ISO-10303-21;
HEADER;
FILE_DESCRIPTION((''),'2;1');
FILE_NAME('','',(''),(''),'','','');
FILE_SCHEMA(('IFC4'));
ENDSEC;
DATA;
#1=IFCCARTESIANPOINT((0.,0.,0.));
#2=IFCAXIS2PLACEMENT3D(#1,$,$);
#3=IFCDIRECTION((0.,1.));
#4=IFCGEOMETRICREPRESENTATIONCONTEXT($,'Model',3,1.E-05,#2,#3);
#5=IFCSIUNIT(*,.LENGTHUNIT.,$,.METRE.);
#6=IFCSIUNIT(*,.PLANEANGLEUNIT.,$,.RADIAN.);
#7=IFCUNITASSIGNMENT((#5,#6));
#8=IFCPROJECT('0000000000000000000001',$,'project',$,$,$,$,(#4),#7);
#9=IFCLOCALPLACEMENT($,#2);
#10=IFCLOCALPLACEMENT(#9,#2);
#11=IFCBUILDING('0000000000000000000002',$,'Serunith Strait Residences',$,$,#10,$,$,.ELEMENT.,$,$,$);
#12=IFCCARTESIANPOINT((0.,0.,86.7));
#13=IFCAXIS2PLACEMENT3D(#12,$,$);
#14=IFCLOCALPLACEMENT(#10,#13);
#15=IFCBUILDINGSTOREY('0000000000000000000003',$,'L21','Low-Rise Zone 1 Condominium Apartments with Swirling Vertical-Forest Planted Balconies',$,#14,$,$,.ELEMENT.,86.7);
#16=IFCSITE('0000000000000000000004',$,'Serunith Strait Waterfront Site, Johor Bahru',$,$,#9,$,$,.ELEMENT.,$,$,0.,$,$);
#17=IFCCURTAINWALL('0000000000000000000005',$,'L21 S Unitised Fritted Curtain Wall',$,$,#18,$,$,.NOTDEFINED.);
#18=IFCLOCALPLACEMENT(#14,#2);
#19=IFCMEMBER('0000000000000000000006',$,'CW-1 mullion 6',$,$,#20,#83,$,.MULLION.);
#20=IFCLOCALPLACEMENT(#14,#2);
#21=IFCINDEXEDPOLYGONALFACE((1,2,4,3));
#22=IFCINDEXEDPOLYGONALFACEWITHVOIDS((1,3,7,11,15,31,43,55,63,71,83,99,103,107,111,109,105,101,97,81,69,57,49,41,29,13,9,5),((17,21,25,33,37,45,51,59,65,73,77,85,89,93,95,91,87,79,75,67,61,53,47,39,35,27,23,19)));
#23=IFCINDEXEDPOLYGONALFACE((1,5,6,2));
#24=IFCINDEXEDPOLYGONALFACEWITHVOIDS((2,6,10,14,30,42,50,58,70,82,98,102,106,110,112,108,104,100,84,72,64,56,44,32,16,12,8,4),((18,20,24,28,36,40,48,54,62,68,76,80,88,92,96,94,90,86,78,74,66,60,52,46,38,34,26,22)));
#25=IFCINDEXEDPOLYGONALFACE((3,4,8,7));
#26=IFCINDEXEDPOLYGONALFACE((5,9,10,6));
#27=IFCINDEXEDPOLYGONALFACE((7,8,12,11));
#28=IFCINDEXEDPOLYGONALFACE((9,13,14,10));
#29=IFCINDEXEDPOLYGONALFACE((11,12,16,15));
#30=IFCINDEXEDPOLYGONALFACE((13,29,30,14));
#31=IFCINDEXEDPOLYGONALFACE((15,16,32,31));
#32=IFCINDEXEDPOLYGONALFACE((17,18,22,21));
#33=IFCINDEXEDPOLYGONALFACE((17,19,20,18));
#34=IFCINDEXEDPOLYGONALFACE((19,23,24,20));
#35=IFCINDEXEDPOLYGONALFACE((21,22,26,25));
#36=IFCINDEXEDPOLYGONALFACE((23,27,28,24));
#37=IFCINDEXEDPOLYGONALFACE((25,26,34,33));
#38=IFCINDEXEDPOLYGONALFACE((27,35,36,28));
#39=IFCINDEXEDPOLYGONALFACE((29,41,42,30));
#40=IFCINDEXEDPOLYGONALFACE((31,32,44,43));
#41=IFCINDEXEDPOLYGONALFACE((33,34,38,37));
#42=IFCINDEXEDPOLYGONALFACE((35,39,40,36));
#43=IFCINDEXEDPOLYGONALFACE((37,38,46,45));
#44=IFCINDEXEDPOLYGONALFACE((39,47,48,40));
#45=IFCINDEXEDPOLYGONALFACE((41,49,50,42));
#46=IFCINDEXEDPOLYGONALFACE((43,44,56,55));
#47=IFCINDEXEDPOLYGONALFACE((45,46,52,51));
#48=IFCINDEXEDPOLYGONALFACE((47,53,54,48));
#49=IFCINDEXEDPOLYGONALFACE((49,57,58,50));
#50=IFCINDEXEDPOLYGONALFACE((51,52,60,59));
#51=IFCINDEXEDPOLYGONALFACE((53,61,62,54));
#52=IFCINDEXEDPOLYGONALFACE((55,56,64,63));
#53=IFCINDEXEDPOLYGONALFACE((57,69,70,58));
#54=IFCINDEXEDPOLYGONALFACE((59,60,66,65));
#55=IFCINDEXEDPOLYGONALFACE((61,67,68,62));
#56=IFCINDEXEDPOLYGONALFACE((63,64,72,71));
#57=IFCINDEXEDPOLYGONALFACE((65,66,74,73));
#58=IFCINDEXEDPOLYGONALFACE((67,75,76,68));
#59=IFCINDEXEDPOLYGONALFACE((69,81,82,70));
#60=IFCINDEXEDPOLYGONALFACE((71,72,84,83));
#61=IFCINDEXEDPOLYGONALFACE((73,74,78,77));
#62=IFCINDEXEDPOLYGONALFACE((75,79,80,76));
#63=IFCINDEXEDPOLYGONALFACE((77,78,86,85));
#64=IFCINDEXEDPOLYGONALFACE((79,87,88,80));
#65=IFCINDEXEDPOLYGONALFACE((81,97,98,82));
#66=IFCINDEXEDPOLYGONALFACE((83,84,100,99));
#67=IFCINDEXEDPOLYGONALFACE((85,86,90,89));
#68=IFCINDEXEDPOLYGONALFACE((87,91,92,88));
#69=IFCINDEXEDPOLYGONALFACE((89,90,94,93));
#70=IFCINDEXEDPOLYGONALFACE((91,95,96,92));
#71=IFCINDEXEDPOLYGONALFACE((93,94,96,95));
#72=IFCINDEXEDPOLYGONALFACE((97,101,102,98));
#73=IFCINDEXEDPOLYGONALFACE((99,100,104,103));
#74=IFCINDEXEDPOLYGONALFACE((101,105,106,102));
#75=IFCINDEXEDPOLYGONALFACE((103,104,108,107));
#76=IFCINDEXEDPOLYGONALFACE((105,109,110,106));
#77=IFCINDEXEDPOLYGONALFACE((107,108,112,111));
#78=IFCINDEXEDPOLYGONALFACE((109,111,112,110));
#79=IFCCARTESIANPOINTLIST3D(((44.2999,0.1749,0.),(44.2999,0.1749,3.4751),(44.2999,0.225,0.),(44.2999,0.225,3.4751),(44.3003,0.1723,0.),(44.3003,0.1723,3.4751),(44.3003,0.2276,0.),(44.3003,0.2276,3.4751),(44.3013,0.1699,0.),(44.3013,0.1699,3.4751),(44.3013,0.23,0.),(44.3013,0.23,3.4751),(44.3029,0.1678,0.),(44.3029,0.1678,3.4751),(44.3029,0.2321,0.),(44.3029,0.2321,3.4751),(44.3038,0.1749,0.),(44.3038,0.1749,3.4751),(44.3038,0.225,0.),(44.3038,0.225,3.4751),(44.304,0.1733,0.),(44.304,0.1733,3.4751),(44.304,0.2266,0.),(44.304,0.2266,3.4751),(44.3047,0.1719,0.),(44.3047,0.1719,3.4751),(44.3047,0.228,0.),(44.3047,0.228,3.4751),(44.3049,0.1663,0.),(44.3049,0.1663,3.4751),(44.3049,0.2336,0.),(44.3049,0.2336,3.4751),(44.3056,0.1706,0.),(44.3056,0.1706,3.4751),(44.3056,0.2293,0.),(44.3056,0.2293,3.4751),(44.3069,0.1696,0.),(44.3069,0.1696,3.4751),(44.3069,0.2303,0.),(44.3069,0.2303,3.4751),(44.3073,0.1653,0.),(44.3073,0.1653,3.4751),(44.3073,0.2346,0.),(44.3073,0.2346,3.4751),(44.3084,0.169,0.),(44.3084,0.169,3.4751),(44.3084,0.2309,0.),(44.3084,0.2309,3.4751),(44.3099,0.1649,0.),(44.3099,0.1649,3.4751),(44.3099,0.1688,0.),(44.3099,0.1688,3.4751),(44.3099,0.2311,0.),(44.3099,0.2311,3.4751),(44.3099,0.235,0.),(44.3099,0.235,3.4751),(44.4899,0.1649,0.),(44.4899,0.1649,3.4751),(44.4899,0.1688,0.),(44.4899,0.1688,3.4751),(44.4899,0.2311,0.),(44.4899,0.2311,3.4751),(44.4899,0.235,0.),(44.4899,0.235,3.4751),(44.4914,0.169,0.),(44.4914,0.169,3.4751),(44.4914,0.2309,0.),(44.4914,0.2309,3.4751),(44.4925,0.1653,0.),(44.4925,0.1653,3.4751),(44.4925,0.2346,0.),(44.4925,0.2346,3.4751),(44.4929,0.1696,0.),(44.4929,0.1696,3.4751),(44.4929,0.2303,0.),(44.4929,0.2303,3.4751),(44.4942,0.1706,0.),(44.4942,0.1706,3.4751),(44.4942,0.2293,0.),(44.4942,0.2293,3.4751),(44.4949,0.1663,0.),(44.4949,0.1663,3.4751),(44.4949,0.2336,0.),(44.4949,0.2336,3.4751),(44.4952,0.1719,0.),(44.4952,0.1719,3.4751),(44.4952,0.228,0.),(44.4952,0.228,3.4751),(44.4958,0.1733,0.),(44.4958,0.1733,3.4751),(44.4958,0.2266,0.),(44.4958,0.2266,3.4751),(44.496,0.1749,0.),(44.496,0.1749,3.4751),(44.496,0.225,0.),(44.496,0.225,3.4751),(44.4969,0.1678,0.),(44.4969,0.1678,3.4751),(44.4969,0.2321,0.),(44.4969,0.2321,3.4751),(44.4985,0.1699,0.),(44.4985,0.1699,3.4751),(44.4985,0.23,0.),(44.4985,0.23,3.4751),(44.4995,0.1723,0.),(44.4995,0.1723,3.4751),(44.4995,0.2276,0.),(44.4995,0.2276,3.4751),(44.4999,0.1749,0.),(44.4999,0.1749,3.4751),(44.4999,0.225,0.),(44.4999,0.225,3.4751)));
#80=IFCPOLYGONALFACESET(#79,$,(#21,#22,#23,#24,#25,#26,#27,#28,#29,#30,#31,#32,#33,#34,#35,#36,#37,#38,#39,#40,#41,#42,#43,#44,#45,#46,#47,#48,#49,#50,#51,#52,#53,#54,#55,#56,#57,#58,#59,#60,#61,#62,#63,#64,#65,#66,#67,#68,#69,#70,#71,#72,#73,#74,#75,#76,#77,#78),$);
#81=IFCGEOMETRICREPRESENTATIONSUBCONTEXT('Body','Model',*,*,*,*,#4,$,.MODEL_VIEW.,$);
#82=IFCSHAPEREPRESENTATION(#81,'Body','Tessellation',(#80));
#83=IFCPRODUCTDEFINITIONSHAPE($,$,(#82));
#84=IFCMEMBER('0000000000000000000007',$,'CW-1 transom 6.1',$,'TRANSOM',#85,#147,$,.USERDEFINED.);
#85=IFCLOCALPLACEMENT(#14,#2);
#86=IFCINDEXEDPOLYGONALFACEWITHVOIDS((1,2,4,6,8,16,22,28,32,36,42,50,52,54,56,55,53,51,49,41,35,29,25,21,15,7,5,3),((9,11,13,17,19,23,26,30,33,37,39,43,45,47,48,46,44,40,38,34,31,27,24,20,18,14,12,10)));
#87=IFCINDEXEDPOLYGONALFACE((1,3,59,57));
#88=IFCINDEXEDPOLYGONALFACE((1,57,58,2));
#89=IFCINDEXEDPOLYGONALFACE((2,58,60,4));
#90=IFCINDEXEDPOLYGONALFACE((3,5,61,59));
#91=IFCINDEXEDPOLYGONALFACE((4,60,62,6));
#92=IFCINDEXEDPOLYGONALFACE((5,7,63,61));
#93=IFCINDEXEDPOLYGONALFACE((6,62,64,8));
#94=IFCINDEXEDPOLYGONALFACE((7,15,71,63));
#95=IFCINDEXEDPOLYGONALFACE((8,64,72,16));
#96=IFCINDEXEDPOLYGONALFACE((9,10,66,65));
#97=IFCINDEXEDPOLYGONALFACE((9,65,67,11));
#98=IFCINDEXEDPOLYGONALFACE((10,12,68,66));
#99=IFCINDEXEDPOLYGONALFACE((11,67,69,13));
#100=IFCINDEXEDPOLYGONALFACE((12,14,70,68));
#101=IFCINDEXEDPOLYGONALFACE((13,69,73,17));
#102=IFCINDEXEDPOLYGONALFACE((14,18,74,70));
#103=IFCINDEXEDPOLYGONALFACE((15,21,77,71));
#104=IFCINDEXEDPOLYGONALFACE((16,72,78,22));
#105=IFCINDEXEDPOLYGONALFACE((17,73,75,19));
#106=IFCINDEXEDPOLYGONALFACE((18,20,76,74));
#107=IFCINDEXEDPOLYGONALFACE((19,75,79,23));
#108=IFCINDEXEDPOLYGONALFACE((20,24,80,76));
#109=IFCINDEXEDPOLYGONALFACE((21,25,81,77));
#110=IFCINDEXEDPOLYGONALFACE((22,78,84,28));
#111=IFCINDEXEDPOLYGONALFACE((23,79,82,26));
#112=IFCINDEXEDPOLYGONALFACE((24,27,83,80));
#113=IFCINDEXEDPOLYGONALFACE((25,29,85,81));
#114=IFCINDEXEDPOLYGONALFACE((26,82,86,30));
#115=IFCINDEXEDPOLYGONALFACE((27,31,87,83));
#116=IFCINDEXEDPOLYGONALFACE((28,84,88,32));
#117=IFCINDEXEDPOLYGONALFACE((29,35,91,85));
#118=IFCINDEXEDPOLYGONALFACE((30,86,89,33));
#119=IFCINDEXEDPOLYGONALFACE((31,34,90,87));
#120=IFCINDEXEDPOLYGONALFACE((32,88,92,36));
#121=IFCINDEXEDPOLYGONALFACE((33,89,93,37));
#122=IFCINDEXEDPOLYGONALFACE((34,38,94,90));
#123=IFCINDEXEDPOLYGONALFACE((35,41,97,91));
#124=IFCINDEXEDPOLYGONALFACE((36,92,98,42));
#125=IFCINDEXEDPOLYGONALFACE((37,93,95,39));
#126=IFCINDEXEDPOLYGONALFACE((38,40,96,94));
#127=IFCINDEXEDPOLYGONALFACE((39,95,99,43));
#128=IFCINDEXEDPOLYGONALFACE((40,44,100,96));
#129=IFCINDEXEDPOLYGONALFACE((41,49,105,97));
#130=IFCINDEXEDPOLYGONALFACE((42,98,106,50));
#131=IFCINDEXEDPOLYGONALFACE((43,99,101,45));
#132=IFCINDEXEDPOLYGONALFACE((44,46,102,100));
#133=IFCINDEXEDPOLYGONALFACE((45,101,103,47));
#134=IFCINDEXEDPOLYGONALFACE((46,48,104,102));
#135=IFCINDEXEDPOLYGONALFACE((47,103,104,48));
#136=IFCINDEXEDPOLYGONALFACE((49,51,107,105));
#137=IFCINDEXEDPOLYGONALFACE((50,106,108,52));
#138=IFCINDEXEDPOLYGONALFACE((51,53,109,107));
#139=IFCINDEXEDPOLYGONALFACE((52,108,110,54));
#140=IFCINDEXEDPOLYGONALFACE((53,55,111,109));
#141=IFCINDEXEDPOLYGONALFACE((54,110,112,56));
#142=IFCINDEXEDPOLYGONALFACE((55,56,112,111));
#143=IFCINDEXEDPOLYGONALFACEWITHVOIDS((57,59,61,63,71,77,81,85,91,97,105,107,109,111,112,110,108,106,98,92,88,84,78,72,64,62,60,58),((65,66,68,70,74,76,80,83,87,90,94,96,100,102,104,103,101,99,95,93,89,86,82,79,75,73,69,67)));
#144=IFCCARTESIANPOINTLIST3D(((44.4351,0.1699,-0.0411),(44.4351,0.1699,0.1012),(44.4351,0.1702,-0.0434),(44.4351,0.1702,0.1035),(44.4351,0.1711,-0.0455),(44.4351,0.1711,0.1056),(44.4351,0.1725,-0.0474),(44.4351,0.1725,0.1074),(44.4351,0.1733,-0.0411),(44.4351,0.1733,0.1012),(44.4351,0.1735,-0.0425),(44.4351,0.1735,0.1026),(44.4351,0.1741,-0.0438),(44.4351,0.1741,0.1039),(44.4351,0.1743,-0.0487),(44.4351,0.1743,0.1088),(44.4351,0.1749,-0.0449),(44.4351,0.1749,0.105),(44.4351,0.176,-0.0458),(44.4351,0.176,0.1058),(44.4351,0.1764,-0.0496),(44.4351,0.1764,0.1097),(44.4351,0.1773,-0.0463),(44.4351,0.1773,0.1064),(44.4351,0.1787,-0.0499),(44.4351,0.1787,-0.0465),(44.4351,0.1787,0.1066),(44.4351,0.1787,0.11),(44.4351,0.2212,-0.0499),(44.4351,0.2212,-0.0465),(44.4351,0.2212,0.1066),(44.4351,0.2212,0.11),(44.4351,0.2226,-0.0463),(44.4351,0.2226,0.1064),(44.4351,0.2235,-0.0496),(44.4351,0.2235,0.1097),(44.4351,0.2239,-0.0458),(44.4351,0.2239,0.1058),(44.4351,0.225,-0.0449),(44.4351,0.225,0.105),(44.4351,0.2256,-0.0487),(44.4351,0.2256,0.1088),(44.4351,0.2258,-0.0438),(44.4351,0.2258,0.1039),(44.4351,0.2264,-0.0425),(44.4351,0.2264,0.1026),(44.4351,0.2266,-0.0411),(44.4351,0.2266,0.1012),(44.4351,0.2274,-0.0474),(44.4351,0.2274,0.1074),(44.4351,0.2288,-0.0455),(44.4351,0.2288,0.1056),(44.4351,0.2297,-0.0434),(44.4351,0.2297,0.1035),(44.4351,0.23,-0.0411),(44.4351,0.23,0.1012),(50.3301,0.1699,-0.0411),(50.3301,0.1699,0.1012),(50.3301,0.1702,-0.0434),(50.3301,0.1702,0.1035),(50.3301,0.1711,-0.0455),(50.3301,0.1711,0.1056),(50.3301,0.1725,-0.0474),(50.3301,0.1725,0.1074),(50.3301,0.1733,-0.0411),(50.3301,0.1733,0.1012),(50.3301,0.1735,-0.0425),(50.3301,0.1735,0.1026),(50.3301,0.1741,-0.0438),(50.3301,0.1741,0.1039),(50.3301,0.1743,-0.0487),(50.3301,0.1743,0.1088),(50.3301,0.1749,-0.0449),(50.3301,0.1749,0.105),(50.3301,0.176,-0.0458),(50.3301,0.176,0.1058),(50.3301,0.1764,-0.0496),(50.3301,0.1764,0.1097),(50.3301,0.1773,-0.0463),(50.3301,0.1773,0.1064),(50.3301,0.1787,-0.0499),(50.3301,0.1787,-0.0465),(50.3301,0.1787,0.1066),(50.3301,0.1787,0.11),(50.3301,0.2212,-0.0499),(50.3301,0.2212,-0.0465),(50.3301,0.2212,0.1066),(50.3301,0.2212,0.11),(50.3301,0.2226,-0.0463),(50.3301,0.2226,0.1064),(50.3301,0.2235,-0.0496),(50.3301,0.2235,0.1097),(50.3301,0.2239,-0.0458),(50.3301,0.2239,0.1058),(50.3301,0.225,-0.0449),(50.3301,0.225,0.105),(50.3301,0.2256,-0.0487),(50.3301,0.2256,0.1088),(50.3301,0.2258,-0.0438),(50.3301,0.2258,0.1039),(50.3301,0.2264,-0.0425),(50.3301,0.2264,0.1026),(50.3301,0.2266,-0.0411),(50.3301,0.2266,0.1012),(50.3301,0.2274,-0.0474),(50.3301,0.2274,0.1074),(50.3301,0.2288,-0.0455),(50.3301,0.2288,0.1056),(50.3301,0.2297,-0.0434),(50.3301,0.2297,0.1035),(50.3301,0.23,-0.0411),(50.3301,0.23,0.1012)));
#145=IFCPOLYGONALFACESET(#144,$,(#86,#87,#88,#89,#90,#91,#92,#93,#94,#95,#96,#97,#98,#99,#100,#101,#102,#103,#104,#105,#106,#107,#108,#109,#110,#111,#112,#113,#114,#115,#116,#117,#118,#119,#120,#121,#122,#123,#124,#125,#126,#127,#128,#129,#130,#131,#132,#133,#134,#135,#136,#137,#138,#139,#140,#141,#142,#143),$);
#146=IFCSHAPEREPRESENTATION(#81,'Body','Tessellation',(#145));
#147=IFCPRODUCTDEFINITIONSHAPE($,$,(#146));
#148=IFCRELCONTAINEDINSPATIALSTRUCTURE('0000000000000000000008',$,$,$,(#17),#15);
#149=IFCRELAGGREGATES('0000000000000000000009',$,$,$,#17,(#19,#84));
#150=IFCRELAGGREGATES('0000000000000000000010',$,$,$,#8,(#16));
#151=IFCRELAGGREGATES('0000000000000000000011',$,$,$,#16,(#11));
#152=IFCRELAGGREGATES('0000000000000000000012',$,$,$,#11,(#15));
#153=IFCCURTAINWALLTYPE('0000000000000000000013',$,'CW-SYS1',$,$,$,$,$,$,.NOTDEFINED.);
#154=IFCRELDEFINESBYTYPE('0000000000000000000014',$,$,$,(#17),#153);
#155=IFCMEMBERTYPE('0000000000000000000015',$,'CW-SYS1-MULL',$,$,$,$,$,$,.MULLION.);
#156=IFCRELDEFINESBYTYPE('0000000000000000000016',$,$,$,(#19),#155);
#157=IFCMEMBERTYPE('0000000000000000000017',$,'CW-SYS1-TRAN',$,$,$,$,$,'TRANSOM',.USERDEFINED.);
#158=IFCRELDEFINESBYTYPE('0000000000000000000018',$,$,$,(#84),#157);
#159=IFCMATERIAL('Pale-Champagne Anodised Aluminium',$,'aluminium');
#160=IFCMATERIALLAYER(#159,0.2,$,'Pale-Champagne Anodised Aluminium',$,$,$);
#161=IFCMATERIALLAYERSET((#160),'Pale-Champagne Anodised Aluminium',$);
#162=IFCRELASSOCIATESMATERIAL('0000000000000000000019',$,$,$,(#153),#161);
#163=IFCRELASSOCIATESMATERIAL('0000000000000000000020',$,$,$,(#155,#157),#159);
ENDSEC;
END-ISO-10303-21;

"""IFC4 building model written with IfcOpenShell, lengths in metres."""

from ifc_helpers import new_model, si_unit, direction, frame, origin, origin_2d, place, context, subcontext, project, spatial, hollow_rectangle, extrude, source, transform, mapped, material, layer, layer_set, material_profile, profile_set, type_object, element, aggregate, save


model = new_model("IFC4")

# Units and contexts
model_context = context("Model", 3, precision=1e-05, world=origin(), true_north=direction((0.0, 1.0)))
body_context = subcontext(model_context, "Body", "Model", "MODEL_VIEW")
ifc_project = project(units=[si_unit("LENGTHUNIT", "METRE"), si_unit("PLANEANGLEUNIT", "RADIAN")], contexts=[model_context])

# Site, building, storey
site_placement = place(None, origin())
site = spatial("IfcSite", under=ifc_project, at=site_placement, Name="Serunith Strait Waterfront Site, Johor Bahru", CompositionType="ELEMENT", RefElevation=0.0)
building_placement = place(site_placement, origin())
building = spatial("IfcBuilding", under=site, at=building_placement, Name="Serunith Strait Residences", CompositionType="ELEMENT")
storey_placement = place(building_placement, frame((0.0, 0.0, 86.7)))
storey = spatial("IfcBuildingStorey", under=building, at=storey_placement, Name="L21", Description="Low-Rise Zone 1 Condominium Apartments with Swirling Vertical-Forest Planted Balconies", CompositionType="ELEMENT", Elevation=86.7)

# Curtain wall, members
ifc_material_1 = material(Name="Pale-Champagne Anodised Aluminium", Category="aluminium")
ifc_layer_1 = layer(ifc_material_1, 0.2, Name="Pale-Champagne Anodised Aluminium")
ifc_layer_set_1 = layer_set([ifc_layer_1], Name="Pale-Champagne Anodised Aluminium")
curtain_wall_type = type_object("IfcCurtainWallType", Name="CW-SYS1", PredefinedType="NOTDEFINED", material=ifc_layer_set_1)
curtain_wall_placement = place(storey_placement, origin())
curtain_wall = element("IfcCurtainWall", 1, at=curtain_wall_placement, inside=storey, type_object=curtain_wall_type, Name="L21 S Unitised Fritted Curtain Wall", PredefinedType="NOTDEFINED")
ifc_material_profile_1 = material_profile(ifc_material_1, hollow_rectangle(XDim=0.0701, YDim=0.2, WallThickness=0.0039, InnerFilletRadius=0.0061, OuterFilletRadius=0.01, at=origin_2d()), Name="ALU 200x70x4")
ifc_profile_set_1 = profile_set([ifc_material_profile_1], Name="Pale-Champagne Anodised Aluminium")
member_type_1 = type_object("IfcMemberType", Name="CW-SYS1-MULL", PredefinedType="MULLION", material=ifc_profile_set_1)
shared_shape_1 = source(origin(), body_context, "Body", "SweptSolid", [
    extrude(hollow_rectangle(XDim=0.0701, YDim=0.2, WallThickness=0.0039, InnerFilletRadius=0.0061, OuterFilletRadius=0.01, at=origin_2d()), origin(), (0.0, 0.0, 1.0), 3.4751),
])
member_1_placement = place(storey_placement, frame((44.3999, 0.2, 0.0), z_axis=(0.0, 0.0, 1.0), x_axis=(0.0, 1.0, 0.0)))
member_1 = element("IfcMember", 2, at=member_1_placement, type_object=member_type_1, Name="CW-1 mullion 6", PredefinedType="MULLION", context=body_context, shape_type="MappedRepresentation", body=[
    mapped(shared_shape_1, transform((0.0, 0.0, 0.0), scale=1.0)),
])
ifc_material_profile_2 = material_profile(ifc_material_1, hollow_rectangle(XDim=0.0601, YDim=0.1599, WallThickness=0.0034, InnerFilletRadius=0.0054, OuterFilletRadius=0.0088, at=origin_2d()), Name="ALU 160x60x3.5")
ifc_profile_set_2 = profile_set([ifc_material_profile_2], Name="Pale-Champagne Anodised Aluminium")
member_type_2 = type_object("IfcMemberType", Name="CW-SYS1-TRAN", ElementType="TRANSOM", PredefinedType="USERDEFINED", material=ifc_profile_set_2)
shared_shape_2 = source(origin(), body_context, "Body", "SweptSolid", [
    extrude(hollow_rectangle(XDim=0.0601, YDim=0.1599, WallThickness=0.0034, InnerFilletRadius=0.0054, OuterFilletRadius=0.0088, at=origin_2d()), origin(), (0.0, 0.0, 1.0), 5.895),
])
member_2_placement = place(storey_placement, frame((44.4351, 0.2, 0.03), z_axis=(1.0, 0.0, 0.0), x_axis=(0.0, 1.0, 0.0)))
member_2 = element("IfcMember", 3, at=member_2_placement, type_object=member_type_2, Name="CW-1 transom 6.1", ObjectType="TRANSOM", PredefinedType="USERDEFINED", context=body_context, shape_type="MappedRepresentation", body=[
    mapped(shared_shape_2, transform((0.0, 0.0, 0.0), scale=1.0)),
])
aggregate(curtain_wall, [member_1, member_2])

save(model, "model.ifc")
